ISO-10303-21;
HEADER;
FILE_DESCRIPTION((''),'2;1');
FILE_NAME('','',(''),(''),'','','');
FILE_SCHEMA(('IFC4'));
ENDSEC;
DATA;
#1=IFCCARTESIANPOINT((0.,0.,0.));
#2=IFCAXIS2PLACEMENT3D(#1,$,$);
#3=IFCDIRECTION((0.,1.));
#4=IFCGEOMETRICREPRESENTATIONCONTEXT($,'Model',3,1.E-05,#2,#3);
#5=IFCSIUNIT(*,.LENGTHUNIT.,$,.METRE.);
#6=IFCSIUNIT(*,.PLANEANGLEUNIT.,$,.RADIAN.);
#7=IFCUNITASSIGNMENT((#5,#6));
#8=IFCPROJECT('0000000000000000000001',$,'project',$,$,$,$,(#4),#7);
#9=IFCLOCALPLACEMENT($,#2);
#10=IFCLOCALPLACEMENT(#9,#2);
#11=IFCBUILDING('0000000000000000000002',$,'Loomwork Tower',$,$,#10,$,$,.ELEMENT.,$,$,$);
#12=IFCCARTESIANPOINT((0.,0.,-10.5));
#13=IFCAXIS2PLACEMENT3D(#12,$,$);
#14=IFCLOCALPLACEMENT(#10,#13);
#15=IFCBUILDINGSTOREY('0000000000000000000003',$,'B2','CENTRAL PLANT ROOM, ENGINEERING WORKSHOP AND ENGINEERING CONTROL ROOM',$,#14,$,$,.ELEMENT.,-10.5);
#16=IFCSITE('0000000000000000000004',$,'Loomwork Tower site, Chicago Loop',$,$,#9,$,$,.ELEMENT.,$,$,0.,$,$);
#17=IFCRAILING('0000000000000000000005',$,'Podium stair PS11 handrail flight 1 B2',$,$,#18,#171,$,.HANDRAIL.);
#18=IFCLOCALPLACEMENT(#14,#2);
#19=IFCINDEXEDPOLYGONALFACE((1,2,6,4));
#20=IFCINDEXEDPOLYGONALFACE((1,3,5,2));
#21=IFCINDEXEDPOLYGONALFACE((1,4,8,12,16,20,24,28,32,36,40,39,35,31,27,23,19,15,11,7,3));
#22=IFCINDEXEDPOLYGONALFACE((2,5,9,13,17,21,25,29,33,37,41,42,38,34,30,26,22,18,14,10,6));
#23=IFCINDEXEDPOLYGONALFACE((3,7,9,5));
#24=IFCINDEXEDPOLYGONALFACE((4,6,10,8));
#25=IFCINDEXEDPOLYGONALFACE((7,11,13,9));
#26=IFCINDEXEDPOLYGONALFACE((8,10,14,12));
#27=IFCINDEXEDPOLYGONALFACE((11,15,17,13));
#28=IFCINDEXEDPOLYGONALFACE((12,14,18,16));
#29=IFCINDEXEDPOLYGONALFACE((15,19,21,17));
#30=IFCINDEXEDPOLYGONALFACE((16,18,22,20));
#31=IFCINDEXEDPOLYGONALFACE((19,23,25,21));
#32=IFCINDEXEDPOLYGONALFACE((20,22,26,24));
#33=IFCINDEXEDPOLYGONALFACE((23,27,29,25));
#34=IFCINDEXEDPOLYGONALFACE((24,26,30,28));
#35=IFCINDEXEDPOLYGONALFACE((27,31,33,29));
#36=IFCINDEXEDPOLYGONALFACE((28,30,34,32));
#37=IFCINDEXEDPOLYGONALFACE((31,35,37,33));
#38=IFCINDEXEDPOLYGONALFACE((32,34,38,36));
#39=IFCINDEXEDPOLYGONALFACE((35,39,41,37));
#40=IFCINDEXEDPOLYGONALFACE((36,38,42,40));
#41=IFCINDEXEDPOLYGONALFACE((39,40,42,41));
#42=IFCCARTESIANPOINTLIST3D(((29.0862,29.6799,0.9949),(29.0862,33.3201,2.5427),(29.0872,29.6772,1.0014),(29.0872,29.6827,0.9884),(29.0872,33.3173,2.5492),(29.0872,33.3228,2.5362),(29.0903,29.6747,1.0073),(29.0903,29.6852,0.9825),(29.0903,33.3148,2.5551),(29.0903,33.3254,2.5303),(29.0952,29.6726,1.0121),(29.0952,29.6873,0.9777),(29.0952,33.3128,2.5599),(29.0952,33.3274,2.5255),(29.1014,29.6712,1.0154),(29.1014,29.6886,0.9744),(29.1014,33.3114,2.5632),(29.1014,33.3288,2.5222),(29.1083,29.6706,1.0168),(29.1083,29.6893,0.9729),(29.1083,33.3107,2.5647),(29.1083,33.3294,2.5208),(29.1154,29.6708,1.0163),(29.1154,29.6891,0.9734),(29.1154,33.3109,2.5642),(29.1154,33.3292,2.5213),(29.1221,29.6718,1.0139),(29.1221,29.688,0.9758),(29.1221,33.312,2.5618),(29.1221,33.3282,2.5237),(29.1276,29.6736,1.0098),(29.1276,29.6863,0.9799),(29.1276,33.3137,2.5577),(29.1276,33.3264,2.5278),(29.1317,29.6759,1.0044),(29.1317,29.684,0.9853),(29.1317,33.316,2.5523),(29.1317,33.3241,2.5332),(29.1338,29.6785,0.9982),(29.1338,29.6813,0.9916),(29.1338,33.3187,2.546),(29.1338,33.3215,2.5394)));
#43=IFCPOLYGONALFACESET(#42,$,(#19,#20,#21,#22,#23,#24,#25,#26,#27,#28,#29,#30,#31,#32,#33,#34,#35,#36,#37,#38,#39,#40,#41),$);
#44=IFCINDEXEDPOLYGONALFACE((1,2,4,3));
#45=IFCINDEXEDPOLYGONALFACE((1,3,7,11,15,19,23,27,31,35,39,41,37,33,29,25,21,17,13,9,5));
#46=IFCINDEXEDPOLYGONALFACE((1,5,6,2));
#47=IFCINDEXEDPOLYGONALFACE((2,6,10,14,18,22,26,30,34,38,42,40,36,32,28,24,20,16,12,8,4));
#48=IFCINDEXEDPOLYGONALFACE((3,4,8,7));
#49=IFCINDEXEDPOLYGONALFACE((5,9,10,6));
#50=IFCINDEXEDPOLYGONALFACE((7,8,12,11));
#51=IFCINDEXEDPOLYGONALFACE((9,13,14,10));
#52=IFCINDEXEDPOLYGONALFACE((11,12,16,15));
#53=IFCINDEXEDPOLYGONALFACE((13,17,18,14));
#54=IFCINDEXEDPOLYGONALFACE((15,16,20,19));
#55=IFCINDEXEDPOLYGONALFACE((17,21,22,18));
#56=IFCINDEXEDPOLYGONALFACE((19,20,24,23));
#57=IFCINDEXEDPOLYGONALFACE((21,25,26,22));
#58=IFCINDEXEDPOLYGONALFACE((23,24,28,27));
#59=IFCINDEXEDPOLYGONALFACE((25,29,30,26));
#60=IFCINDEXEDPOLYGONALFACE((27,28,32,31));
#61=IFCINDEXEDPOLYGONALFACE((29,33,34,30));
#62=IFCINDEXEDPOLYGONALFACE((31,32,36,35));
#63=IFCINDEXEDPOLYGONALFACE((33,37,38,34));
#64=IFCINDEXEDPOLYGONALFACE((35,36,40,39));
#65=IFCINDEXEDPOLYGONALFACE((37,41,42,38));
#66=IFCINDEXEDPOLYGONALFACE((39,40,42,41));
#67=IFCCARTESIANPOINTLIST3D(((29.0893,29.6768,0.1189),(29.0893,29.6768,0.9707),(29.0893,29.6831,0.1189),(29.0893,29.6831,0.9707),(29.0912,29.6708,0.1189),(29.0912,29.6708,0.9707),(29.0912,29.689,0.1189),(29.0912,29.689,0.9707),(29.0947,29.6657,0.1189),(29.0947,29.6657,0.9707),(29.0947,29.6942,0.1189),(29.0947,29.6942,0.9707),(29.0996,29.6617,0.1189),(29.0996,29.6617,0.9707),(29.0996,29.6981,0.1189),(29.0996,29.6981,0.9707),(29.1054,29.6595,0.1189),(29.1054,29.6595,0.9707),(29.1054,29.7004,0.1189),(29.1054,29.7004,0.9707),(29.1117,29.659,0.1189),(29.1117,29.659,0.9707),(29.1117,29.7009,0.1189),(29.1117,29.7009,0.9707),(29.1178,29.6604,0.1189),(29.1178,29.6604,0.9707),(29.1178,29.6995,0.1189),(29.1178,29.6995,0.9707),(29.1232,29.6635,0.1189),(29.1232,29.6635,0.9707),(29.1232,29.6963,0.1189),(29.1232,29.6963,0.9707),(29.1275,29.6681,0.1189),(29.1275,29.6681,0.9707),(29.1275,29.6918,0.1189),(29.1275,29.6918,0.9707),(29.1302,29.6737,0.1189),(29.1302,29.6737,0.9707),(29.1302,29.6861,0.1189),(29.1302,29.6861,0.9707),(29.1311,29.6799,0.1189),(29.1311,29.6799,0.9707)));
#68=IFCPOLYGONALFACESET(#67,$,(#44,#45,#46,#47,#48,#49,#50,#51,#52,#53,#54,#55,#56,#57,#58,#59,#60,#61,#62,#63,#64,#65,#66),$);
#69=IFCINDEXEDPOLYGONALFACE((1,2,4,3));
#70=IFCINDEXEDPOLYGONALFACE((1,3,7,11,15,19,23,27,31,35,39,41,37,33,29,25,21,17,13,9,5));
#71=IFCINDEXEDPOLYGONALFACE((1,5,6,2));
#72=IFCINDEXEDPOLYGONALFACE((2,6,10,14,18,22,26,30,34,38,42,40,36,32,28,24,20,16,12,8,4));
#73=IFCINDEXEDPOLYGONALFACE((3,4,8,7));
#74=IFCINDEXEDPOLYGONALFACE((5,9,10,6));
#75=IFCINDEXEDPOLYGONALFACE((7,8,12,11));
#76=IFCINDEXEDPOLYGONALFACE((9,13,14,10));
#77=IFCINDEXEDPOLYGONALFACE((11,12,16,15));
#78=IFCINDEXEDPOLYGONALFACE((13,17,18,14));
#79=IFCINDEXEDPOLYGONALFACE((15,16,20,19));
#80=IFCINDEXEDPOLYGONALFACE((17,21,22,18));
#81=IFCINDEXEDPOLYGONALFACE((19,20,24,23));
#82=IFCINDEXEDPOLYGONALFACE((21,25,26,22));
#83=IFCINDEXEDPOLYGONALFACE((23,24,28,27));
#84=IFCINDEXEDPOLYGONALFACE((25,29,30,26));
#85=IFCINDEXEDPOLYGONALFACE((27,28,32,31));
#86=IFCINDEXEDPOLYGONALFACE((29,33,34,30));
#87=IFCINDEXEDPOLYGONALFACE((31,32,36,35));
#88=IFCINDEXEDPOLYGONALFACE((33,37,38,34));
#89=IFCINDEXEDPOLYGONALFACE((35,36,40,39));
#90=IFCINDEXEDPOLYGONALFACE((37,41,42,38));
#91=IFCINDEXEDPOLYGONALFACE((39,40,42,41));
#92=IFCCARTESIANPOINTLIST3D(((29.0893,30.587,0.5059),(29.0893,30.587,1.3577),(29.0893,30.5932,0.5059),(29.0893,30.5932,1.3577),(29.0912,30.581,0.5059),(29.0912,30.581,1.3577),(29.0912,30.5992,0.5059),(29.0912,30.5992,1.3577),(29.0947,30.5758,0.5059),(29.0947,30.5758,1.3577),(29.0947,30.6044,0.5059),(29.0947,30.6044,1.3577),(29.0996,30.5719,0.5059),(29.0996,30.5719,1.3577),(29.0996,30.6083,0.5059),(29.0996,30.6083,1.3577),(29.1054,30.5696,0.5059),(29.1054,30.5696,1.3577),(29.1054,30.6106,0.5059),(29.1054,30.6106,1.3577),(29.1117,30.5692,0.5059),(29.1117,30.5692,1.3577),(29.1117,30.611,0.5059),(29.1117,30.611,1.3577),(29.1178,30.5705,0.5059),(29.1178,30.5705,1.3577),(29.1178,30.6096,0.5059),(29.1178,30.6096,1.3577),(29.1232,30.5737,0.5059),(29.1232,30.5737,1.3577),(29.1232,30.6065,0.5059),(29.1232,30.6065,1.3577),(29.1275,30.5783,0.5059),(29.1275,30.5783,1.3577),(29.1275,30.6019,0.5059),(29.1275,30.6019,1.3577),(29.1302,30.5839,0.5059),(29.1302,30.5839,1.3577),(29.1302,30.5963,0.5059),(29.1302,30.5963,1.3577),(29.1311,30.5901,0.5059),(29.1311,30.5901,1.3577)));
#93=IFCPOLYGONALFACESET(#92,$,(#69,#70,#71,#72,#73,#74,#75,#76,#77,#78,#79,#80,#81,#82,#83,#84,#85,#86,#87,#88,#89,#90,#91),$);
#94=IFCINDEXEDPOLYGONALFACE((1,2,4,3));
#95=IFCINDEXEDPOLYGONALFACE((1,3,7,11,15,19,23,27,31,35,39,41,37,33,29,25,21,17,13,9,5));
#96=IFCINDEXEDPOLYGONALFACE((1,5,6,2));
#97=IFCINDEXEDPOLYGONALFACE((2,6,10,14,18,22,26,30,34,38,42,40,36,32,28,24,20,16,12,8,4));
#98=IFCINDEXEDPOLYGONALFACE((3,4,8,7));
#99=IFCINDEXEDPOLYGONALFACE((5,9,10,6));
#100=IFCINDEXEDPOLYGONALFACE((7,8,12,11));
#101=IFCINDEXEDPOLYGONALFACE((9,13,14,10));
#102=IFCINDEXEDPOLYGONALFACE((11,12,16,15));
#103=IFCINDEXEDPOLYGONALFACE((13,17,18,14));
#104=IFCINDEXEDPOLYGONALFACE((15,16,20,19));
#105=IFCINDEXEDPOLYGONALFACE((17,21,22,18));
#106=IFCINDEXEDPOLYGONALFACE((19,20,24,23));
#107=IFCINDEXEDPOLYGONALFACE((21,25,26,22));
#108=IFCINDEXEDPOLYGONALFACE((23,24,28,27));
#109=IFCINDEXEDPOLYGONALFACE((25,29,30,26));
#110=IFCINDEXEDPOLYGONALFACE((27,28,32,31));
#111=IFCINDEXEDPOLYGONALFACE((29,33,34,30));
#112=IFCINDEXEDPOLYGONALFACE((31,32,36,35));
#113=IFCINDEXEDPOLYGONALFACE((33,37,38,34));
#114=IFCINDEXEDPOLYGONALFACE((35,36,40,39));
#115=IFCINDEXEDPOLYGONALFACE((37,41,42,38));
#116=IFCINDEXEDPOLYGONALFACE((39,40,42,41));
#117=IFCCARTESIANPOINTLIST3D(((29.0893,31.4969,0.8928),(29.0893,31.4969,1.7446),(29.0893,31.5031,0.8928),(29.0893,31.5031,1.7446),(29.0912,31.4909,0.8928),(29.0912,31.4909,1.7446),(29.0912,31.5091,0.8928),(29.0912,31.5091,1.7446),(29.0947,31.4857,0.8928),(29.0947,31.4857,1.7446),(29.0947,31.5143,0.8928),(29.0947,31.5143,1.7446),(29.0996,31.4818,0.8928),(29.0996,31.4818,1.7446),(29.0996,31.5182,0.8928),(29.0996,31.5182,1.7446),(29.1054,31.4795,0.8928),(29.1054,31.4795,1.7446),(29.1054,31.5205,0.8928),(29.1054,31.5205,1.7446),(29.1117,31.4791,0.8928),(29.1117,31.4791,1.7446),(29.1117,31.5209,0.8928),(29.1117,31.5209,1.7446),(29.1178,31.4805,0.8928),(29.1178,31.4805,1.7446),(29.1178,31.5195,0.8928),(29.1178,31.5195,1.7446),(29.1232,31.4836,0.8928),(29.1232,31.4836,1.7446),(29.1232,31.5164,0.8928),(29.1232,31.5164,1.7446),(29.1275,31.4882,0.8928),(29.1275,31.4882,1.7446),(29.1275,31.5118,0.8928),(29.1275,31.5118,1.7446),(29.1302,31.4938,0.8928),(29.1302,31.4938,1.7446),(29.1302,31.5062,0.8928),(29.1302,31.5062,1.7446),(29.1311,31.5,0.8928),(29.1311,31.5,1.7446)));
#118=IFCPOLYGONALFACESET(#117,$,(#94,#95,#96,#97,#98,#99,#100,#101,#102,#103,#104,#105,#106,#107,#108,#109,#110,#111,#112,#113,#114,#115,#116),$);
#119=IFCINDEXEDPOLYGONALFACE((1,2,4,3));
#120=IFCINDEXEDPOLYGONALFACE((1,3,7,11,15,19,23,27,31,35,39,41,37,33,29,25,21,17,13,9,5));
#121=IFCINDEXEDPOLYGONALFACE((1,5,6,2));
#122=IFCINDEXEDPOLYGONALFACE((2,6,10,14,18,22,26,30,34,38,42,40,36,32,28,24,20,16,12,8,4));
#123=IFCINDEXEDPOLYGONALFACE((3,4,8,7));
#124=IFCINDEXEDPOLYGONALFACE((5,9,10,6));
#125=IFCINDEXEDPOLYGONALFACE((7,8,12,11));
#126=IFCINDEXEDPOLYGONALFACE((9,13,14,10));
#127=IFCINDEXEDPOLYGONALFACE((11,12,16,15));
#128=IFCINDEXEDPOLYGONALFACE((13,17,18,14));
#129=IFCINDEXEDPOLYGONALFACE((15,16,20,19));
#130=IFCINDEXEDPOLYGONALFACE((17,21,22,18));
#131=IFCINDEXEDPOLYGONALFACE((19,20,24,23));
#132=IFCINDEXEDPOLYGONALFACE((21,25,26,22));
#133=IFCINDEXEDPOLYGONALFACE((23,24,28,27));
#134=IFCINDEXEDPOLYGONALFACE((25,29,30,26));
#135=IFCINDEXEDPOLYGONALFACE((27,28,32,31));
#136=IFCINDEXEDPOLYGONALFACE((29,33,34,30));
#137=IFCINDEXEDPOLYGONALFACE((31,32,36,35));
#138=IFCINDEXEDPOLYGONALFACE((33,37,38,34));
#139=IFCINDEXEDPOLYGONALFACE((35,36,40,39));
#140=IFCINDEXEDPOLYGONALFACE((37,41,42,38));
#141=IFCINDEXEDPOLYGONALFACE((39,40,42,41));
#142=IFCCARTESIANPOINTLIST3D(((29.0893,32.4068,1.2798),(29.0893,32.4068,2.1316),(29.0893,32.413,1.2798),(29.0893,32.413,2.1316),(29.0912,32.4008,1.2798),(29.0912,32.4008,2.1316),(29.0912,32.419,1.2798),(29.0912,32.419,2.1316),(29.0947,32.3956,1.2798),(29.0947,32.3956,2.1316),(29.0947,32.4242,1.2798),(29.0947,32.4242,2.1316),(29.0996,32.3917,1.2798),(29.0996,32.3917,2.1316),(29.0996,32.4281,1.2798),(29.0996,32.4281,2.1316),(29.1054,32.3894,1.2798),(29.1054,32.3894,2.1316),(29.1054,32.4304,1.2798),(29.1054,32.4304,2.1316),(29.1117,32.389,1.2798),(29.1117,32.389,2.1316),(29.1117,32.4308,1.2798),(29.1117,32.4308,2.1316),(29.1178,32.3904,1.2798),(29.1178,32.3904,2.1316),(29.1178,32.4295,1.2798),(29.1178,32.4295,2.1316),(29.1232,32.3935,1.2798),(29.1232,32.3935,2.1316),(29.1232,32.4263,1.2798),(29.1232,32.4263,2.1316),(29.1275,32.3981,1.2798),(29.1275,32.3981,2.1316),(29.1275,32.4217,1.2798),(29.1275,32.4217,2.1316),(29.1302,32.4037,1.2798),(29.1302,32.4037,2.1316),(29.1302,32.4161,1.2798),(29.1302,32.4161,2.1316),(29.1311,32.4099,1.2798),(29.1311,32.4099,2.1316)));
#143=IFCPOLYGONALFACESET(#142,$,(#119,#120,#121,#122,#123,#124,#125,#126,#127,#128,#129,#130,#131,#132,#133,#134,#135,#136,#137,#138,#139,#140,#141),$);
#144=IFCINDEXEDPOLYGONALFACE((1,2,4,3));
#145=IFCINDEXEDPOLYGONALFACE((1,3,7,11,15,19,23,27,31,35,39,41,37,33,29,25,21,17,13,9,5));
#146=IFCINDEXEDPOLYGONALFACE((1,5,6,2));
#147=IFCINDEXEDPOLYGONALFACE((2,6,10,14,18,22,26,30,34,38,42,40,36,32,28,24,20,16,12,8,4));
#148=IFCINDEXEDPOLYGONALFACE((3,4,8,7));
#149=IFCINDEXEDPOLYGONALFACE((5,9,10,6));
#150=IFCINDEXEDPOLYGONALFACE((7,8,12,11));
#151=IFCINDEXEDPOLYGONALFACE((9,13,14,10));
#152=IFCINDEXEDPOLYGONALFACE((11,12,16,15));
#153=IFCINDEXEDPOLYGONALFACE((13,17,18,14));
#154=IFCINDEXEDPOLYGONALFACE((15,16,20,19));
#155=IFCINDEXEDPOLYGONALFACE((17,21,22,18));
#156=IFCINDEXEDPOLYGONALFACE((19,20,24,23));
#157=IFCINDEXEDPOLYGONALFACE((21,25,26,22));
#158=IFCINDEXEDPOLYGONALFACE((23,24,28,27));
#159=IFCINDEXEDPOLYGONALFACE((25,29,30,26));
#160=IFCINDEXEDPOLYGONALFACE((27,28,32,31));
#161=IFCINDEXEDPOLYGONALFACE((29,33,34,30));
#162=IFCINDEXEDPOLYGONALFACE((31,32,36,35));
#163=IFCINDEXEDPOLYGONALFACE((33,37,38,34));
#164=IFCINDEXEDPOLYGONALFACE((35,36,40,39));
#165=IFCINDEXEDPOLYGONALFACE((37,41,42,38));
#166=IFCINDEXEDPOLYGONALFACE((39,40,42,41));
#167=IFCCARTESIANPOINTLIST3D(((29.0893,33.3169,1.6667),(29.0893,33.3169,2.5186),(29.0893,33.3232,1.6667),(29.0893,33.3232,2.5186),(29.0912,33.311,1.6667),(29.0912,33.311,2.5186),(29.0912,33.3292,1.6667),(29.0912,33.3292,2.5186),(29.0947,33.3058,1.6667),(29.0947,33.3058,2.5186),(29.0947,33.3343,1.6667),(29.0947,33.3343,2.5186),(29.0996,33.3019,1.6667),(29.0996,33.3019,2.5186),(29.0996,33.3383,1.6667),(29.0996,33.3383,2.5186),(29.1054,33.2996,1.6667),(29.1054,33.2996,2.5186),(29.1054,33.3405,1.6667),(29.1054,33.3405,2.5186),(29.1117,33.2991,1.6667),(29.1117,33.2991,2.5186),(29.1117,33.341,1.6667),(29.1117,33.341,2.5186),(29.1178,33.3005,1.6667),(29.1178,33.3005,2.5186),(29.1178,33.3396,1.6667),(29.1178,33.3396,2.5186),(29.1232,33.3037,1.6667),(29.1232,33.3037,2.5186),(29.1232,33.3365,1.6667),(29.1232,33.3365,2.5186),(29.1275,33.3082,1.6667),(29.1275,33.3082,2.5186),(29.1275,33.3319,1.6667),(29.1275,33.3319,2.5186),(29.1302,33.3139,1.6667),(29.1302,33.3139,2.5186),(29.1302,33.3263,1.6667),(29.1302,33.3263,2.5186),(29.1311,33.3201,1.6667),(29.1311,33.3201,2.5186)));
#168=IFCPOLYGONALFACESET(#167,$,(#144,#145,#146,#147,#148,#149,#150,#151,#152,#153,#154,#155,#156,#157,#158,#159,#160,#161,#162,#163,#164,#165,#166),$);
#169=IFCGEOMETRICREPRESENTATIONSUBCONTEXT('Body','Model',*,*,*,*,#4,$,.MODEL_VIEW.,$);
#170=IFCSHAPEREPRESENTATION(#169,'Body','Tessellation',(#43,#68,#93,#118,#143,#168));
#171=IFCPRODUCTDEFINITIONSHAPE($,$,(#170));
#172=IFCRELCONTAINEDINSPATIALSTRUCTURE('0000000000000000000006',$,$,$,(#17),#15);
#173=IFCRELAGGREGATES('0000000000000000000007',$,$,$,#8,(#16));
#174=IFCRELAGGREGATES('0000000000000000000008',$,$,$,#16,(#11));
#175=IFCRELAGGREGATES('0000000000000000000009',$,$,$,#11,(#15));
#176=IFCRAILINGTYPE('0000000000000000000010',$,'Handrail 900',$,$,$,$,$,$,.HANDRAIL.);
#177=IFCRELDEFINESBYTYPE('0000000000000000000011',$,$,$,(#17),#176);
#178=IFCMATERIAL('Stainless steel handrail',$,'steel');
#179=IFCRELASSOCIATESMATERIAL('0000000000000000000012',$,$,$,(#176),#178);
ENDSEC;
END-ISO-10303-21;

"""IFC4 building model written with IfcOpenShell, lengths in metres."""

from ifc_helpers import new_model, si_unit, direction, frame, origin, origin_2d, place, context, subcontext, project, spatial, circle, extrude, material, type_object, element, save


model = new_model("IFC4")

# Units and contexts
model_context = context("Model", 3, precision=1e-05, world=origin(), true_north=direction((0.0, 1.0)))
body_context = subcontext(model_context, "Body", "Model", "MODEL_VIEW")
ifc_project = project(units=[si_unit("LENGTHUNIT", "METRE"), si_unit("PLANEANGLEUNIT", "RADIAN")], contexts=[model_context])

# Site, building, storey
site_placement = place(None, origin())
site = spatial("IfcSite", under=ifc_project, at=site_placement, Name="Loomwork Tower site, Chicago Loop", CompositionType="ELEMENT", RefElevation=0.0)
building_placement = place(site_placement, origin())
building = spatial("IfcBuilding", under=site, at=building_placement, Name="Loomwork Tower", CompositionType="ELEMENT")
storey_placement = place(building_placement, frame((0.0, 0.0, -10.5)))
storey = spatial("IfcBuildingStorey", under=building, at=storey_placement, Name="B2", Description="CENTRAL PLANT ROOM, ENGINEERING WORKSHOP AND ENGINEERING CONTROL ROOM", CompositionType="ELEMENT", Elevation=-10.5)

# Railing
ifc_material_1 = material(Name="Stainless steel handrail", Category="steel")
railing_type = type_object("IfcRailingType", Name="Handrail 900", PredefinedType="HANDRAIL", material=ifc_material_1)
railing_1_placement = place(storey_placement, frame((29.1101, 29.6799, 0.1189)))
element("IfcRailing", 1, at=railing_1_placement, inside=storey, type_object=railing_type, Name="Podium stair PS11 handrail flight 1 B2", PredefinedType="HANDRAIL", context=body_context, shape_type="SweptSolid", body=[
    extrude(circle(Radius=0.0239, at=origin_2d()), frame((0.0, 0.0, 0.876), z_axis=(0.0, 0.920259, 0.391311), x_axis=(-1.0, 0.0, 0.0)), (0.0, 0.0, 1.0), 3.9556),
    extrude(circle(Radius=0.021, at=origin_2d()), origin(), (0.0, 0.0, 1.0), 0.8518),
    extrude(circle(Radius=0.021, at=origin_2d()), frame((0.0, 0.9102, 0.387)), (0.0, 0.0, 1.0), 0.8518),
    extrude(circle(Radius=0.021, at=origin_2d()), frame((0.0, 1.8201, 0.7739)), (0.0, 0.0, 1.0), 0.8518),
    extrude(circle(Radius=0.021, at=origin_2d()), frame((0.0, 2.73, 1.1609)), (0.0, 0.0, 1.0), 0.8518),
    extrude(circle(Radius=0.021, at=origin_2d()), frame((0.0, 3.6401, 1.5479)), (0.0, 0.0, 1.0), 0.8518),
])

save(model, "model.ifc")
